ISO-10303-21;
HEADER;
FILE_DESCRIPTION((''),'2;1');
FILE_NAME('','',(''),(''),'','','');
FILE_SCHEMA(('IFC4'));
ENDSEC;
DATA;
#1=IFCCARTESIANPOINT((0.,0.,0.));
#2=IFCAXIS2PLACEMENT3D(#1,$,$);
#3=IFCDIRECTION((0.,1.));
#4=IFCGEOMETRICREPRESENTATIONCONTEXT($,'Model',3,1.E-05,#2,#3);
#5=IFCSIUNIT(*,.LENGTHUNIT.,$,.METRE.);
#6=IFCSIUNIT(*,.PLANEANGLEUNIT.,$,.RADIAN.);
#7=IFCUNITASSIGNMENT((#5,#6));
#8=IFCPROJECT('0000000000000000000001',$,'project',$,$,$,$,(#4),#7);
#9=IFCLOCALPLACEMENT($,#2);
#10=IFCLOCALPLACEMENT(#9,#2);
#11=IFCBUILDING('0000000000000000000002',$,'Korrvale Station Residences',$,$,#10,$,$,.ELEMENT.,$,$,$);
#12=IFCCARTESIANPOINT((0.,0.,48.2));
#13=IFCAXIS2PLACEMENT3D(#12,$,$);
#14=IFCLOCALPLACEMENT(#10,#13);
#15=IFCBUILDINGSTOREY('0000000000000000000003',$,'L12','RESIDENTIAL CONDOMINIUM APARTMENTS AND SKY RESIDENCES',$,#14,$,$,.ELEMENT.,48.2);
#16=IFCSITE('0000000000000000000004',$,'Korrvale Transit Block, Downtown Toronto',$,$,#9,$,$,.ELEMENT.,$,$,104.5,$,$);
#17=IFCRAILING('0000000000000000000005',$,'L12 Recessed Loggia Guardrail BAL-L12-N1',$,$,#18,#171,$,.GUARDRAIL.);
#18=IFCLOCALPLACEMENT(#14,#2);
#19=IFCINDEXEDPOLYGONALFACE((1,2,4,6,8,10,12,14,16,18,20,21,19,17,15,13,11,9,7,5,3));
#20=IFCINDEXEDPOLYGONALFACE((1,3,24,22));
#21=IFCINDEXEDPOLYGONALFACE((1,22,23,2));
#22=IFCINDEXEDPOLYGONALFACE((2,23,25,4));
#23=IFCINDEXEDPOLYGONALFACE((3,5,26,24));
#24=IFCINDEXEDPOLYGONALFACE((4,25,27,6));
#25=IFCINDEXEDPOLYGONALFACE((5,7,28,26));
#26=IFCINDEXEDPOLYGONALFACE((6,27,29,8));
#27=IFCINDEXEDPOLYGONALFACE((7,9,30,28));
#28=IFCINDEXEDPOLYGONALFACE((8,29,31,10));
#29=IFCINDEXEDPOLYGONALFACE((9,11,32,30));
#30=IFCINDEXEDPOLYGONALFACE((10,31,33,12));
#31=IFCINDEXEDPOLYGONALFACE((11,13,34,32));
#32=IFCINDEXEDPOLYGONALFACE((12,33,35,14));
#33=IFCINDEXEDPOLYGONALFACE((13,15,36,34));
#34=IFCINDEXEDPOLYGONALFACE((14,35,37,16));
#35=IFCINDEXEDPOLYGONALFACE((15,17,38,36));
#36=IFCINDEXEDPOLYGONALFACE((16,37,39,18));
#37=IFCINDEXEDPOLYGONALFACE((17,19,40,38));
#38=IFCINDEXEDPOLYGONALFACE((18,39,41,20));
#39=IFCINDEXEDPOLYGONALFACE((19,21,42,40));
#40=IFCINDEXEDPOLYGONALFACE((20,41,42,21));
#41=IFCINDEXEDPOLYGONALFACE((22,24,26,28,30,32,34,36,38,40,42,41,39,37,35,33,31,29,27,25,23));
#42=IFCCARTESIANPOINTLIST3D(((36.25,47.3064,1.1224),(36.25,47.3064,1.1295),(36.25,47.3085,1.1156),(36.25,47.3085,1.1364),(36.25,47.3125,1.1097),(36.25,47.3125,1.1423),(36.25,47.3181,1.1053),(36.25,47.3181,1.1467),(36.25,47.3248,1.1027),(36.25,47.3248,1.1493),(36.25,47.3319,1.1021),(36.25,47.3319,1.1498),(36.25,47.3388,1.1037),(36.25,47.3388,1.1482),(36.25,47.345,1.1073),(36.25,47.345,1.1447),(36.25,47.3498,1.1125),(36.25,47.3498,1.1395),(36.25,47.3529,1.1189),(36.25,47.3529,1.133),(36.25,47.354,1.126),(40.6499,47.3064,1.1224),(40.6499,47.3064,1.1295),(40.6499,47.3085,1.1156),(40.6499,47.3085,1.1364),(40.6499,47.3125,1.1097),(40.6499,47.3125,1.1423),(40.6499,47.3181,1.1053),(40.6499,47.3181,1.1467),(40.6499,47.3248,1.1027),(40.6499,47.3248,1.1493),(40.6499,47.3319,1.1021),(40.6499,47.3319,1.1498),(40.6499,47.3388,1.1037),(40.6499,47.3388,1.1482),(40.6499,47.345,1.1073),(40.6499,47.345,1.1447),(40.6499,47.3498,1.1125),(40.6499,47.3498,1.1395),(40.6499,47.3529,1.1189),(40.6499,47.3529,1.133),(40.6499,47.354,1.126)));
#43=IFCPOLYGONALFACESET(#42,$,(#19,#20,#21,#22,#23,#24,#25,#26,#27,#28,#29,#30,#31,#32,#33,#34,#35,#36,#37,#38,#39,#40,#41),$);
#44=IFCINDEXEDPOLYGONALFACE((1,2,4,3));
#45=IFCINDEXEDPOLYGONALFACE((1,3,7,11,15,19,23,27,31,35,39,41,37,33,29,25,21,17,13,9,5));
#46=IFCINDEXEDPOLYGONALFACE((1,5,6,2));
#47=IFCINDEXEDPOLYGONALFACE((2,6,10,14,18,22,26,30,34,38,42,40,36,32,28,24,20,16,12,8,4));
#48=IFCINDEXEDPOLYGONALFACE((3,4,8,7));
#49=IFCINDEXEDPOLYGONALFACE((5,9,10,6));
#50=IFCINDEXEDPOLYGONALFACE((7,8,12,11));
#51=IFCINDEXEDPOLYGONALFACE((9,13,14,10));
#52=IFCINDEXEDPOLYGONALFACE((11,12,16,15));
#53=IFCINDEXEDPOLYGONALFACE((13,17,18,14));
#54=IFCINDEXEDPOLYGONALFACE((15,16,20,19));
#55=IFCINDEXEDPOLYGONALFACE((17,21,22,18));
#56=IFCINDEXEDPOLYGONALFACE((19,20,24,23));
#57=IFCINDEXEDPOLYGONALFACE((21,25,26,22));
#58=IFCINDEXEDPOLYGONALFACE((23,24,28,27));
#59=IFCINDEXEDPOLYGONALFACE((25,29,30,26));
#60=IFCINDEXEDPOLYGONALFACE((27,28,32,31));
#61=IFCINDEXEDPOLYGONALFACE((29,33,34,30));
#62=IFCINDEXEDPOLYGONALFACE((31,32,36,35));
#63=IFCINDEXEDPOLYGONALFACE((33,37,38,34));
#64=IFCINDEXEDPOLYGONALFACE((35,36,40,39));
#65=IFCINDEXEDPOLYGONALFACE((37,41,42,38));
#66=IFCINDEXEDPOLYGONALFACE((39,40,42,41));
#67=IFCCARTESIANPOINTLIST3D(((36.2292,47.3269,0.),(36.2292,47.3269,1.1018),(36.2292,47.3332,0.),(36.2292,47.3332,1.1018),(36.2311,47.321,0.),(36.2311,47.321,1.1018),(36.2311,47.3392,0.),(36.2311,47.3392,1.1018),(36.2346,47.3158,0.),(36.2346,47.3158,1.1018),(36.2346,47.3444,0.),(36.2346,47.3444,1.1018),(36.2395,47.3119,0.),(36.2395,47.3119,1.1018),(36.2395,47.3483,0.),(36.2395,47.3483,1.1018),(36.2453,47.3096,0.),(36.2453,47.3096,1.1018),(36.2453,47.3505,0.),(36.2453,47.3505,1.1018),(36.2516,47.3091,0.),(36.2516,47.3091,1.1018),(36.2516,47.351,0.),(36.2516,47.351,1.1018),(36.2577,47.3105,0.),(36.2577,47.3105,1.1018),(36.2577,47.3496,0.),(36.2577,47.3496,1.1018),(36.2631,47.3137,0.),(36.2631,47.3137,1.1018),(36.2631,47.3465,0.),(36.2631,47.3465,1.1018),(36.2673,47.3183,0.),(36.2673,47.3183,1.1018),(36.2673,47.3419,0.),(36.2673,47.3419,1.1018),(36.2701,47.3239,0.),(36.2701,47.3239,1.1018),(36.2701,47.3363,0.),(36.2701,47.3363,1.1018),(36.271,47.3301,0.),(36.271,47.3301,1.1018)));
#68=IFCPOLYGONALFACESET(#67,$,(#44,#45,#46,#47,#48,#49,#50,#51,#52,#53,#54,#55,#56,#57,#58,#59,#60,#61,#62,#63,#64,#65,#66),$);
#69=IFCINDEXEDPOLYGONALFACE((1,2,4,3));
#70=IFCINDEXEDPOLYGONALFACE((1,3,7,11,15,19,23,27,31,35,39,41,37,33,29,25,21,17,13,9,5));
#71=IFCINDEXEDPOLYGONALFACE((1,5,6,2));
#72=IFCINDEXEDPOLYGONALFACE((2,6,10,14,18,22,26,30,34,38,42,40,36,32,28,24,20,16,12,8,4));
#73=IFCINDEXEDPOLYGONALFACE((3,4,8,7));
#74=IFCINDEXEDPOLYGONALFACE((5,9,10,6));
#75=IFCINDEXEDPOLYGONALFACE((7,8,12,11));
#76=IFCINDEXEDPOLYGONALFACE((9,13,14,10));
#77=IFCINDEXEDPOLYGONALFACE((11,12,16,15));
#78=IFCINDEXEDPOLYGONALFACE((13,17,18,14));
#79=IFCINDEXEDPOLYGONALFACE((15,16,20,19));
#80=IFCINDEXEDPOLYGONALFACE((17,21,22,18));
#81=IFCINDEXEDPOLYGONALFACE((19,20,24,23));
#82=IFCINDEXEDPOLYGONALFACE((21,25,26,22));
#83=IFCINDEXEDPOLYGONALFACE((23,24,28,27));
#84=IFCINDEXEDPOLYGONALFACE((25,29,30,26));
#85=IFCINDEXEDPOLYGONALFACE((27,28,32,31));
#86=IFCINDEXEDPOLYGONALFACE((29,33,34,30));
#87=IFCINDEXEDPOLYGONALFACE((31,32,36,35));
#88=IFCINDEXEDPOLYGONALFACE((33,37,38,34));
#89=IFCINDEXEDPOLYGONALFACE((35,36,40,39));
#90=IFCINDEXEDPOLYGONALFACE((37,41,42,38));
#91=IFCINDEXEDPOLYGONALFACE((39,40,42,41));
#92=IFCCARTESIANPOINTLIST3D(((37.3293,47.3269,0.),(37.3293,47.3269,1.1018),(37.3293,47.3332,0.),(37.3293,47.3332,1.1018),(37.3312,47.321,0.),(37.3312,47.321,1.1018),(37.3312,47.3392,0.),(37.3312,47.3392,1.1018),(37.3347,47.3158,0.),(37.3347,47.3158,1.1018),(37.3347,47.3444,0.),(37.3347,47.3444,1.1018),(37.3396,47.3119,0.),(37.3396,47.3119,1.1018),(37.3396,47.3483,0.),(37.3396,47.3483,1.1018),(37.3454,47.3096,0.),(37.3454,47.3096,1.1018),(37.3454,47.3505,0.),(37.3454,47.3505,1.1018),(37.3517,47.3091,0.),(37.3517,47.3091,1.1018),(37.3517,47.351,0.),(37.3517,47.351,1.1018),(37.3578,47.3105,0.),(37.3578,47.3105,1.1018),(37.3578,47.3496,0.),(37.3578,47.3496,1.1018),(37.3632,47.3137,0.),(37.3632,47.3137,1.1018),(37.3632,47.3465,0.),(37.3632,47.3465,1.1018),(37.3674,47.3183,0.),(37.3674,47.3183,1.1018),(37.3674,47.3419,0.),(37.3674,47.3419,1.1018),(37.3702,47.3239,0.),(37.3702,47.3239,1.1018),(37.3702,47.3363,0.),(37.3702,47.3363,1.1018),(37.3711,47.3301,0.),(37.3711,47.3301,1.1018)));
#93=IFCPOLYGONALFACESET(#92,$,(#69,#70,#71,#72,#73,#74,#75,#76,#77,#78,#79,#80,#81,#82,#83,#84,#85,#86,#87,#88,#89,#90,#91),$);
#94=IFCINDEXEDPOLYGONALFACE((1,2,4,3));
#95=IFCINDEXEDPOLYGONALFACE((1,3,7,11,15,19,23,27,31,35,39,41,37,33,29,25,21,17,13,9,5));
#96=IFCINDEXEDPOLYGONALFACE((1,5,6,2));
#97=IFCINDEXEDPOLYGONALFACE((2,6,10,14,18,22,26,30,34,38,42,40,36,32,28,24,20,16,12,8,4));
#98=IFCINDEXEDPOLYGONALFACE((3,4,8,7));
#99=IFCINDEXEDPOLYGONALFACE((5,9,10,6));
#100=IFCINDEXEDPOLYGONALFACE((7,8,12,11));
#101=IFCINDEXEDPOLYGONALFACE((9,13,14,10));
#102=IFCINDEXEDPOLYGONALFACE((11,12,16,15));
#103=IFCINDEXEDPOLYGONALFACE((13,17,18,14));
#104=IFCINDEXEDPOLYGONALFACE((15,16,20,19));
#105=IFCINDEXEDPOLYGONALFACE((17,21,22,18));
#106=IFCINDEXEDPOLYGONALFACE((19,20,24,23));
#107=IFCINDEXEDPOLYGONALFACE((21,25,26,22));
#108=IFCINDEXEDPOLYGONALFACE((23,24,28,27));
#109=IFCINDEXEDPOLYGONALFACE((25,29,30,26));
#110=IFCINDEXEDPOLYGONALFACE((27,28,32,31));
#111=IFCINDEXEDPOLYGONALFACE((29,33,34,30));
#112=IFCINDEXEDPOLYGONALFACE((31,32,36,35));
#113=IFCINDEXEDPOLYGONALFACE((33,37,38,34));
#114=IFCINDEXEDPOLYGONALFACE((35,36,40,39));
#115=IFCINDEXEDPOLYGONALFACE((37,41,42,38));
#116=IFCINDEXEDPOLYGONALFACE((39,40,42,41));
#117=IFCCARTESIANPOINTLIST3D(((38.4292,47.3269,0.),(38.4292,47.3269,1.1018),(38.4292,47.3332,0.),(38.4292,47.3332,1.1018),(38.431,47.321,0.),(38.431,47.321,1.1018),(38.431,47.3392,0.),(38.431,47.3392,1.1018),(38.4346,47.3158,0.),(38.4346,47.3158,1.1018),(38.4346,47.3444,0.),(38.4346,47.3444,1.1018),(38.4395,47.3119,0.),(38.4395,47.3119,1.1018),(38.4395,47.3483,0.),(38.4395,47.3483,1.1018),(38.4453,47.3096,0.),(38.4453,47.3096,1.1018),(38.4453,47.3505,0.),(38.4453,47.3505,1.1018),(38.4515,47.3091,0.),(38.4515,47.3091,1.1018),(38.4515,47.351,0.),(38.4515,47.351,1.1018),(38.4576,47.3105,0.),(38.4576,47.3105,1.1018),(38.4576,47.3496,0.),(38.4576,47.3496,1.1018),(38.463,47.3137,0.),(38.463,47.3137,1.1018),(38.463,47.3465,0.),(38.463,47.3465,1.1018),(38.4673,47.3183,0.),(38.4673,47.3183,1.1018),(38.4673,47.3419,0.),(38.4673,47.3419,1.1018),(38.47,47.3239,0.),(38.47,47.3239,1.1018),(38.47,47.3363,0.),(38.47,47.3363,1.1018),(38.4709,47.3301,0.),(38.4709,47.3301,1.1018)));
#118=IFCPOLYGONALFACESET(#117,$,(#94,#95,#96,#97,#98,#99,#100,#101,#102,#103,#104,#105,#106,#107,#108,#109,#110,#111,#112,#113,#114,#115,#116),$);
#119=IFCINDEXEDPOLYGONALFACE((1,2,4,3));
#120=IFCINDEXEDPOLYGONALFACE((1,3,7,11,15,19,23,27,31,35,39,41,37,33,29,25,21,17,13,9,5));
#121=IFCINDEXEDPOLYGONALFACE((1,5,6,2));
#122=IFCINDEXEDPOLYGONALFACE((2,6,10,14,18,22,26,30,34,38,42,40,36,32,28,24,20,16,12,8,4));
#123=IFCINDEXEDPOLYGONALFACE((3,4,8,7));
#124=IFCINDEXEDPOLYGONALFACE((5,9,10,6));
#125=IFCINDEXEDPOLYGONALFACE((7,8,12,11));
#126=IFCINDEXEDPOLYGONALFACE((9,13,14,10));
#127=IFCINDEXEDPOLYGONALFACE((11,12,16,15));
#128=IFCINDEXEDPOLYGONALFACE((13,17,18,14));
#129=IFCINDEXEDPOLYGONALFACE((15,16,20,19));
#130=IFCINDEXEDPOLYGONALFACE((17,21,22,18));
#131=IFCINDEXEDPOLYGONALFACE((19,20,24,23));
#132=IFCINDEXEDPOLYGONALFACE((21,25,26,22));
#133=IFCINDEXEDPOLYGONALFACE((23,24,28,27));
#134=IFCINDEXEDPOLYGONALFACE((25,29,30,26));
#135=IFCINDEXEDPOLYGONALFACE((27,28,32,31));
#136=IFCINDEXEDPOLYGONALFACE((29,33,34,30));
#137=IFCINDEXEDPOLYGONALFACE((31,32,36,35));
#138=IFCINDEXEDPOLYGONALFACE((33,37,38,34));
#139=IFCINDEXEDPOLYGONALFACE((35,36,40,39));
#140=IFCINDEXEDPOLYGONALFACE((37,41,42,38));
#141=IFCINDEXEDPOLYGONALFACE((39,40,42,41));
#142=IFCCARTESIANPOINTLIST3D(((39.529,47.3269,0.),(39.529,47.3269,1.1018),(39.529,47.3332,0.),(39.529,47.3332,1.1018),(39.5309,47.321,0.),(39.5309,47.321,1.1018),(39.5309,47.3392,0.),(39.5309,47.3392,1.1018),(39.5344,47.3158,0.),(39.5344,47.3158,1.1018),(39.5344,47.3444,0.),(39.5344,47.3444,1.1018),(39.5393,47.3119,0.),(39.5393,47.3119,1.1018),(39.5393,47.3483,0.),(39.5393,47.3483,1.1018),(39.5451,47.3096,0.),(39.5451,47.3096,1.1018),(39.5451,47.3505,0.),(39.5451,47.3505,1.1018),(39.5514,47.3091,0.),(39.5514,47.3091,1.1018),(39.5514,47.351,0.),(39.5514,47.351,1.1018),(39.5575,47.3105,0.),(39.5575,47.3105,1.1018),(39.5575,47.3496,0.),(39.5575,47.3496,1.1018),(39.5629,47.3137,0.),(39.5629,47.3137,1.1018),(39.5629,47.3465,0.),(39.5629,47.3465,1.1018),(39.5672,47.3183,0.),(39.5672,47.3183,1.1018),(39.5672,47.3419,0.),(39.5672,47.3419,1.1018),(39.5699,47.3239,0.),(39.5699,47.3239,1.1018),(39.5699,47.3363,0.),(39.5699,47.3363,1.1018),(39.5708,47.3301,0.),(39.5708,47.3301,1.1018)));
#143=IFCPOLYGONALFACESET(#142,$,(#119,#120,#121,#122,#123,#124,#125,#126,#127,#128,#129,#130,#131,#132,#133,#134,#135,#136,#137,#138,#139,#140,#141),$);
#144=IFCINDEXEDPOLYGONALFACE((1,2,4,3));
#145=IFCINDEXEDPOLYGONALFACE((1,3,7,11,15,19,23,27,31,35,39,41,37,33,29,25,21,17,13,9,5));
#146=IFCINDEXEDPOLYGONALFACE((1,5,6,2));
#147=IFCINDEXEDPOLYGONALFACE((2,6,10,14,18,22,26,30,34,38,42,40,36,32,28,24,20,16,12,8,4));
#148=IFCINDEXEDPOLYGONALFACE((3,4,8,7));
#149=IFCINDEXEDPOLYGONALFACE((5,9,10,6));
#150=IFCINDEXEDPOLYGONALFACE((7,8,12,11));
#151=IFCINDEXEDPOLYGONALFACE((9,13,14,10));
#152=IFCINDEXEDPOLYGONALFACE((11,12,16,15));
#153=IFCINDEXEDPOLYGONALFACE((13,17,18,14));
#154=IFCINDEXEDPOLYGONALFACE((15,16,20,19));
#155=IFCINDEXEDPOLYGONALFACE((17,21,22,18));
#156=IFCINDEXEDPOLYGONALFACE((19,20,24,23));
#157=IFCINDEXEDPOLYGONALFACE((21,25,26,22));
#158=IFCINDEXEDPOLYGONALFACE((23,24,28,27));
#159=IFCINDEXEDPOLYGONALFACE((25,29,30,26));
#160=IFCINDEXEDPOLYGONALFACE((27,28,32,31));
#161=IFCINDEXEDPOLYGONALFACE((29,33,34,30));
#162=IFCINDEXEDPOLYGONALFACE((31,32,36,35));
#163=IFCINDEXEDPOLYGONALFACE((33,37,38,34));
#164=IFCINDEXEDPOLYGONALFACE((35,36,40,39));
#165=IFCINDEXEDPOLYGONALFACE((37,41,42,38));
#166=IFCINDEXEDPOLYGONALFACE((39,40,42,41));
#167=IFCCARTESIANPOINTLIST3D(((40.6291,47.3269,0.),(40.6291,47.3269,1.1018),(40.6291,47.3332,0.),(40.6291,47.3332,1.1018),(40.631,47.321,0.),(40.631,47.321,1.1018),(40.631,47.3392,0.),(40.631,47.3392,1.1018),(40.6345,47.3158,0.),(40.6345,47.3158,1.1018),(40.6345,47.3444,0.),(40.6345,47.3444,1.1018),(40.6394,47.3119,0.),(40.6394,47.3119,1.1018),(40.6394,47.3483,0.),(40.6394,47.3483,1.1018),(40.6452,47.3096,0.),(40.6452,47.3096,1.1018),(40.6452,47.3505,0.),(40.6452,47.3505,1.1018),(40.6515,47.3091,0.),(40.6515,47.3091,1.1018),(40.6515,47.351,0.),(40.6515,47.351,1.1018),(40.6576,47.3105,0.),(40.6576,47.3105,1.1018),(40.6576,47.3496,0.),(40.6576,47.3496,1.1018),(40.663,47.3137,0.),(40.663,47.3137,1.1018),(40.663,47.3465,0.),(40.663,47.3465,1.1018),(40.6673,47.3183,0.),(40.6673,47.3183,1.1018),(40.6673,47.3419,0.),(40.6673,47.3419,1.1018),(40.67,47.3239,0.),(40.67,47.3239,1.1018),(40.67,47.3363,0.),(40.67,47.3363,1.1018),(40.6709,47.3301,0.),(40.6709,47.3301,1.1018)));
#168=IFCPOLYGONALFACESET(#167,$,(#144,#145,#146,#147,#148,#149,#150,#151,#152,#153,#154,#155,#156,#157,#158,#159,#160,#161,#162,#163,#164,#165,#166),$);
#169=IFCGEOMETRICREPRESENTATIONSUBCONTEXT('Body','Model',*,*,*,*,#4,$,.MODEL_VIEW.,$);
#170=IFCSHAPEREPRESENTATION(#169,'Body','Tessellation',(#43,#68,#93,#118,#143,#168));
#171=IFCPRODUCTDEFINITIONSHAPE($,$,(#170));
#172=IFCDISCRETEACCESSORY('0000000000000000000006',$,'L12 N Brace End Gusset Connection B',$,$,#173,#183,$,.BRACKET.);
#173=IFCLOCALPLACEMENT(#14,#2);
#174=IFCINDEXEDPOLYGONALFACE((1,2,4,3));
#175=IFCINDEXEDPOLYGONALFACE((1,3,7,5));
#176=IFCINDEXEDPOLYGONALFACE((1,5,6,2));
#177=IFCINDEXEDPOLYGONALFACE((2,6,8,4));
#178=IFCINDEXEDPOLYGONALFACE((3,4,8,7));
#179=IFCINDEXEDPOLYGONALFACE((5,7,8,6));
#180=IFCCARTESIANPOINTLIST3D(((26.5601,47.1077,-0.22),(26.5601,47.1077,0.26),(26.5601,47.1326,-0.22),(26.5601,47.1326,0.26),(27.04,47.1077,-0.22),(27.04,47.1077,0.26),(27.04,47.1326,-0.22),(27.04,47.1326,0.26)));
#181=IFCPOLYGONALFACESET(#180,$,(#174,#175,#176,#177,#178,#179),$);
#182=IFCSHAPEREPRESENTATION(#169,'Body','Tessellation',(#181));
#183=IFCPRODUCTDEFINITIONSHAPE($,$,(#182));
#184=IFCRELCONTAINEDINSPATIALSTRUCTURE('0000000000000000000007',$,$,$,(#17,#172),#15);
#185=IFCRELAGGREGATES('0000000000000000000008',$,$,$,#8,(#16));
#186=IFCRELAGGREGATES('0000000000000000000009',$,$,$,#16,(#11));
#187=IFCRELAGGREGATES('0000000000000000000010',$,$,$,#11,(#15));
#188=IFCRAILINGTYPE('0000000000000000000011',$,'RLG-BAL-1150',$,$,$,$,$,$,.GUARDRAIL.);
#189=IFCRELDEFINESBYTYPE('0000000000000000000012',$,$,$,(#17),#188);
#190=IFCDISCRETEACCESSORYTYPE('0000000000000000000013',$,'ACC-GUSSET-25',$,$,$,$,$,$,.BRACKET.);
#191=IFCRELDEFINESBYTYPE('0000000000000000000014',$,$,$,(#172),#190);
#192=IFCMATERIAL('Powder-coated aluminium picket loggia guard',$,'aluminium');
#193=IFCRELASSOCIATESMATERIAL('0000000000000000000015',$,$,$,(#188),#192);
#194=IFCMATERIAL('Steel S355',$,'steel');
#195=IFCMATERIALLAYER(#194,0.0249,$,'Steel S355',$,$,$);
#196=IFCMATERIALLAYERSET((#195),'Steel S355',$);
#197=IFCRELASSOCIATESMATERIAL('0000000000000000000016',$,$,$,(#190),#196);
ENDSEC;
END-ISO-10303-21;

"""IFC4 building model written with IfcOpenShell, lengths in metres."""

from ifc_helpers import new_model, si_unit, direction, frame, origin, origin_2d, place, context, subcontext, project, spatial, rectangle, circle, extrude, material, layer, layer_set, type_object, element, save


model = new_model("IFC4")

# Units and contexts
model_context = context("Model", 3, precision=1e-05, world=origin(), true_north=direction((0.0, 1.0)))
body_context = subcontext(model_context, "Body", "Model", "MODEL_VIEW")
ifc_project = project(units=[si_unit("LENGTHUNIT", "METRE"), si_unit("PLANEANGLEUNIT", "RADIAN")], contexts=[model_context])

# Site, building, storey
site_placement = place(None, origin())
site = spatial("IfcSite", under=ifc_project, at=site_placement, Name="Korrvale Transit Block, Downtown Toronto", CompositionType="ELEMENT", RefElevation=104.5)
building_placement = place(site_placement, origin())
building = spatial("IfcBuilding", under=site, at=building_placement, Name="Korrvale Station Residences", CompositionType="ELEMENT")
storey_placement = place(building_placement, frame((0.0, 0.0, 48.2)))
storey = spatial("IfcBuildingStorey", under=building, at=storey_placement, Name="L12", Description="RESIDENTIAL CONDOMINIUM APARTMENTS AND SKY RESIDENCES", CompositionType="ELEMENT", Elevation=48.2)

# Shared definitions
ifc_material_1 = material(Name="Steel S355", Category="steel")

# Railing
ifc_material_2 = material(Name="Powder-coated aluminium picket loggia guard", Category="aluminium")
railing_type = type_object("IfcRailingType", Name="RLG-BAL-1150", PredefinedType="GUARDRAIL", material=ifc_material_2)
railing_placement = place(storey_placement, frame((36.25, 47.3301, 0.0)))
element("IfcRailing", 1, at=railing_placement, inside=storey, type_object=railing_type, Name="L12 Recessed Loggia Guardrail BAL-L12-N1", PredefinedType="GUARDRAIL", context=body_context, shape_type="SweptSolid", body=[
    extrude(circle(Radius=0.0239, at=origin_2d()), frame((0.0, 0.0, 1.126), z_axis=(1.0, 0.0, 0.0), x_axis=(0.0, 1.0, 0.0)), (0.0, 0.0, 1.0), 4.3999),
    extrude(circle(Radius=0.021, at=origin_2d()), origin(), (0.0, 0.0, 1.0), 1.1018),
    extrude(circle(Radius=0.021, at=origin_2d()), frame((1.1001, 0.0, 0.0)), (0.0, 0.0, 1.0), 1.1018),
    extrude(circle(Radius=0.021, at=origin_2d()), frame((2.2, 0.0, 0.0)), (0.0, 0.0, 1.0), 1.1018),
    extrude(circle(Radius=0.021, at=origin_2d()), frame((3.2998, 0.0, 0.0)), (0.0, 0.0, 1.0), 1.1018),
    extrude(circle(Radius=0.021, at=origin_2d()), frame((4.3999, 0.0, 0.0)), (0.0, 0.0, 1.0), 1.1018),
])

# Discrete accessory
ifc_layer_1 = layer(ifc_material_1, 0.0249, Name="Steel S355")
ifc_layer_set_1 = layer_set([ifc_layer_1], Name="Steel S355")
discrete_accessory_type = type_object("IfcDiscreteAccessoryType", Name="ACC-GUSSET-25", PredefinedType="BRACKET", material=ifc_layer_set_1)
discrete_accessory_placement = place(storey_placement, frame((26.8, 47.1201, -0.22), z_axis=(0.0, 0.0, 1.0), x_axis=(1.0, 0.0, 0.0)))
element("IfcDiscreteAccessory", 2, at=discrete_accessory_placement, inside=storey, type_object=discrete_accessory_type, Name="L12 N Brace End Gusset Connection B", PredefinedType="BRACKET", context=body_context, shape_type="SweptSolid", body=[
    extrude(rectangle(XDim=0.48, YDim=0.0249, at=origin_2d()), origin(), (0.0, 0.0, 1.0), 0.48),
])

save(model, "model.ifc")
